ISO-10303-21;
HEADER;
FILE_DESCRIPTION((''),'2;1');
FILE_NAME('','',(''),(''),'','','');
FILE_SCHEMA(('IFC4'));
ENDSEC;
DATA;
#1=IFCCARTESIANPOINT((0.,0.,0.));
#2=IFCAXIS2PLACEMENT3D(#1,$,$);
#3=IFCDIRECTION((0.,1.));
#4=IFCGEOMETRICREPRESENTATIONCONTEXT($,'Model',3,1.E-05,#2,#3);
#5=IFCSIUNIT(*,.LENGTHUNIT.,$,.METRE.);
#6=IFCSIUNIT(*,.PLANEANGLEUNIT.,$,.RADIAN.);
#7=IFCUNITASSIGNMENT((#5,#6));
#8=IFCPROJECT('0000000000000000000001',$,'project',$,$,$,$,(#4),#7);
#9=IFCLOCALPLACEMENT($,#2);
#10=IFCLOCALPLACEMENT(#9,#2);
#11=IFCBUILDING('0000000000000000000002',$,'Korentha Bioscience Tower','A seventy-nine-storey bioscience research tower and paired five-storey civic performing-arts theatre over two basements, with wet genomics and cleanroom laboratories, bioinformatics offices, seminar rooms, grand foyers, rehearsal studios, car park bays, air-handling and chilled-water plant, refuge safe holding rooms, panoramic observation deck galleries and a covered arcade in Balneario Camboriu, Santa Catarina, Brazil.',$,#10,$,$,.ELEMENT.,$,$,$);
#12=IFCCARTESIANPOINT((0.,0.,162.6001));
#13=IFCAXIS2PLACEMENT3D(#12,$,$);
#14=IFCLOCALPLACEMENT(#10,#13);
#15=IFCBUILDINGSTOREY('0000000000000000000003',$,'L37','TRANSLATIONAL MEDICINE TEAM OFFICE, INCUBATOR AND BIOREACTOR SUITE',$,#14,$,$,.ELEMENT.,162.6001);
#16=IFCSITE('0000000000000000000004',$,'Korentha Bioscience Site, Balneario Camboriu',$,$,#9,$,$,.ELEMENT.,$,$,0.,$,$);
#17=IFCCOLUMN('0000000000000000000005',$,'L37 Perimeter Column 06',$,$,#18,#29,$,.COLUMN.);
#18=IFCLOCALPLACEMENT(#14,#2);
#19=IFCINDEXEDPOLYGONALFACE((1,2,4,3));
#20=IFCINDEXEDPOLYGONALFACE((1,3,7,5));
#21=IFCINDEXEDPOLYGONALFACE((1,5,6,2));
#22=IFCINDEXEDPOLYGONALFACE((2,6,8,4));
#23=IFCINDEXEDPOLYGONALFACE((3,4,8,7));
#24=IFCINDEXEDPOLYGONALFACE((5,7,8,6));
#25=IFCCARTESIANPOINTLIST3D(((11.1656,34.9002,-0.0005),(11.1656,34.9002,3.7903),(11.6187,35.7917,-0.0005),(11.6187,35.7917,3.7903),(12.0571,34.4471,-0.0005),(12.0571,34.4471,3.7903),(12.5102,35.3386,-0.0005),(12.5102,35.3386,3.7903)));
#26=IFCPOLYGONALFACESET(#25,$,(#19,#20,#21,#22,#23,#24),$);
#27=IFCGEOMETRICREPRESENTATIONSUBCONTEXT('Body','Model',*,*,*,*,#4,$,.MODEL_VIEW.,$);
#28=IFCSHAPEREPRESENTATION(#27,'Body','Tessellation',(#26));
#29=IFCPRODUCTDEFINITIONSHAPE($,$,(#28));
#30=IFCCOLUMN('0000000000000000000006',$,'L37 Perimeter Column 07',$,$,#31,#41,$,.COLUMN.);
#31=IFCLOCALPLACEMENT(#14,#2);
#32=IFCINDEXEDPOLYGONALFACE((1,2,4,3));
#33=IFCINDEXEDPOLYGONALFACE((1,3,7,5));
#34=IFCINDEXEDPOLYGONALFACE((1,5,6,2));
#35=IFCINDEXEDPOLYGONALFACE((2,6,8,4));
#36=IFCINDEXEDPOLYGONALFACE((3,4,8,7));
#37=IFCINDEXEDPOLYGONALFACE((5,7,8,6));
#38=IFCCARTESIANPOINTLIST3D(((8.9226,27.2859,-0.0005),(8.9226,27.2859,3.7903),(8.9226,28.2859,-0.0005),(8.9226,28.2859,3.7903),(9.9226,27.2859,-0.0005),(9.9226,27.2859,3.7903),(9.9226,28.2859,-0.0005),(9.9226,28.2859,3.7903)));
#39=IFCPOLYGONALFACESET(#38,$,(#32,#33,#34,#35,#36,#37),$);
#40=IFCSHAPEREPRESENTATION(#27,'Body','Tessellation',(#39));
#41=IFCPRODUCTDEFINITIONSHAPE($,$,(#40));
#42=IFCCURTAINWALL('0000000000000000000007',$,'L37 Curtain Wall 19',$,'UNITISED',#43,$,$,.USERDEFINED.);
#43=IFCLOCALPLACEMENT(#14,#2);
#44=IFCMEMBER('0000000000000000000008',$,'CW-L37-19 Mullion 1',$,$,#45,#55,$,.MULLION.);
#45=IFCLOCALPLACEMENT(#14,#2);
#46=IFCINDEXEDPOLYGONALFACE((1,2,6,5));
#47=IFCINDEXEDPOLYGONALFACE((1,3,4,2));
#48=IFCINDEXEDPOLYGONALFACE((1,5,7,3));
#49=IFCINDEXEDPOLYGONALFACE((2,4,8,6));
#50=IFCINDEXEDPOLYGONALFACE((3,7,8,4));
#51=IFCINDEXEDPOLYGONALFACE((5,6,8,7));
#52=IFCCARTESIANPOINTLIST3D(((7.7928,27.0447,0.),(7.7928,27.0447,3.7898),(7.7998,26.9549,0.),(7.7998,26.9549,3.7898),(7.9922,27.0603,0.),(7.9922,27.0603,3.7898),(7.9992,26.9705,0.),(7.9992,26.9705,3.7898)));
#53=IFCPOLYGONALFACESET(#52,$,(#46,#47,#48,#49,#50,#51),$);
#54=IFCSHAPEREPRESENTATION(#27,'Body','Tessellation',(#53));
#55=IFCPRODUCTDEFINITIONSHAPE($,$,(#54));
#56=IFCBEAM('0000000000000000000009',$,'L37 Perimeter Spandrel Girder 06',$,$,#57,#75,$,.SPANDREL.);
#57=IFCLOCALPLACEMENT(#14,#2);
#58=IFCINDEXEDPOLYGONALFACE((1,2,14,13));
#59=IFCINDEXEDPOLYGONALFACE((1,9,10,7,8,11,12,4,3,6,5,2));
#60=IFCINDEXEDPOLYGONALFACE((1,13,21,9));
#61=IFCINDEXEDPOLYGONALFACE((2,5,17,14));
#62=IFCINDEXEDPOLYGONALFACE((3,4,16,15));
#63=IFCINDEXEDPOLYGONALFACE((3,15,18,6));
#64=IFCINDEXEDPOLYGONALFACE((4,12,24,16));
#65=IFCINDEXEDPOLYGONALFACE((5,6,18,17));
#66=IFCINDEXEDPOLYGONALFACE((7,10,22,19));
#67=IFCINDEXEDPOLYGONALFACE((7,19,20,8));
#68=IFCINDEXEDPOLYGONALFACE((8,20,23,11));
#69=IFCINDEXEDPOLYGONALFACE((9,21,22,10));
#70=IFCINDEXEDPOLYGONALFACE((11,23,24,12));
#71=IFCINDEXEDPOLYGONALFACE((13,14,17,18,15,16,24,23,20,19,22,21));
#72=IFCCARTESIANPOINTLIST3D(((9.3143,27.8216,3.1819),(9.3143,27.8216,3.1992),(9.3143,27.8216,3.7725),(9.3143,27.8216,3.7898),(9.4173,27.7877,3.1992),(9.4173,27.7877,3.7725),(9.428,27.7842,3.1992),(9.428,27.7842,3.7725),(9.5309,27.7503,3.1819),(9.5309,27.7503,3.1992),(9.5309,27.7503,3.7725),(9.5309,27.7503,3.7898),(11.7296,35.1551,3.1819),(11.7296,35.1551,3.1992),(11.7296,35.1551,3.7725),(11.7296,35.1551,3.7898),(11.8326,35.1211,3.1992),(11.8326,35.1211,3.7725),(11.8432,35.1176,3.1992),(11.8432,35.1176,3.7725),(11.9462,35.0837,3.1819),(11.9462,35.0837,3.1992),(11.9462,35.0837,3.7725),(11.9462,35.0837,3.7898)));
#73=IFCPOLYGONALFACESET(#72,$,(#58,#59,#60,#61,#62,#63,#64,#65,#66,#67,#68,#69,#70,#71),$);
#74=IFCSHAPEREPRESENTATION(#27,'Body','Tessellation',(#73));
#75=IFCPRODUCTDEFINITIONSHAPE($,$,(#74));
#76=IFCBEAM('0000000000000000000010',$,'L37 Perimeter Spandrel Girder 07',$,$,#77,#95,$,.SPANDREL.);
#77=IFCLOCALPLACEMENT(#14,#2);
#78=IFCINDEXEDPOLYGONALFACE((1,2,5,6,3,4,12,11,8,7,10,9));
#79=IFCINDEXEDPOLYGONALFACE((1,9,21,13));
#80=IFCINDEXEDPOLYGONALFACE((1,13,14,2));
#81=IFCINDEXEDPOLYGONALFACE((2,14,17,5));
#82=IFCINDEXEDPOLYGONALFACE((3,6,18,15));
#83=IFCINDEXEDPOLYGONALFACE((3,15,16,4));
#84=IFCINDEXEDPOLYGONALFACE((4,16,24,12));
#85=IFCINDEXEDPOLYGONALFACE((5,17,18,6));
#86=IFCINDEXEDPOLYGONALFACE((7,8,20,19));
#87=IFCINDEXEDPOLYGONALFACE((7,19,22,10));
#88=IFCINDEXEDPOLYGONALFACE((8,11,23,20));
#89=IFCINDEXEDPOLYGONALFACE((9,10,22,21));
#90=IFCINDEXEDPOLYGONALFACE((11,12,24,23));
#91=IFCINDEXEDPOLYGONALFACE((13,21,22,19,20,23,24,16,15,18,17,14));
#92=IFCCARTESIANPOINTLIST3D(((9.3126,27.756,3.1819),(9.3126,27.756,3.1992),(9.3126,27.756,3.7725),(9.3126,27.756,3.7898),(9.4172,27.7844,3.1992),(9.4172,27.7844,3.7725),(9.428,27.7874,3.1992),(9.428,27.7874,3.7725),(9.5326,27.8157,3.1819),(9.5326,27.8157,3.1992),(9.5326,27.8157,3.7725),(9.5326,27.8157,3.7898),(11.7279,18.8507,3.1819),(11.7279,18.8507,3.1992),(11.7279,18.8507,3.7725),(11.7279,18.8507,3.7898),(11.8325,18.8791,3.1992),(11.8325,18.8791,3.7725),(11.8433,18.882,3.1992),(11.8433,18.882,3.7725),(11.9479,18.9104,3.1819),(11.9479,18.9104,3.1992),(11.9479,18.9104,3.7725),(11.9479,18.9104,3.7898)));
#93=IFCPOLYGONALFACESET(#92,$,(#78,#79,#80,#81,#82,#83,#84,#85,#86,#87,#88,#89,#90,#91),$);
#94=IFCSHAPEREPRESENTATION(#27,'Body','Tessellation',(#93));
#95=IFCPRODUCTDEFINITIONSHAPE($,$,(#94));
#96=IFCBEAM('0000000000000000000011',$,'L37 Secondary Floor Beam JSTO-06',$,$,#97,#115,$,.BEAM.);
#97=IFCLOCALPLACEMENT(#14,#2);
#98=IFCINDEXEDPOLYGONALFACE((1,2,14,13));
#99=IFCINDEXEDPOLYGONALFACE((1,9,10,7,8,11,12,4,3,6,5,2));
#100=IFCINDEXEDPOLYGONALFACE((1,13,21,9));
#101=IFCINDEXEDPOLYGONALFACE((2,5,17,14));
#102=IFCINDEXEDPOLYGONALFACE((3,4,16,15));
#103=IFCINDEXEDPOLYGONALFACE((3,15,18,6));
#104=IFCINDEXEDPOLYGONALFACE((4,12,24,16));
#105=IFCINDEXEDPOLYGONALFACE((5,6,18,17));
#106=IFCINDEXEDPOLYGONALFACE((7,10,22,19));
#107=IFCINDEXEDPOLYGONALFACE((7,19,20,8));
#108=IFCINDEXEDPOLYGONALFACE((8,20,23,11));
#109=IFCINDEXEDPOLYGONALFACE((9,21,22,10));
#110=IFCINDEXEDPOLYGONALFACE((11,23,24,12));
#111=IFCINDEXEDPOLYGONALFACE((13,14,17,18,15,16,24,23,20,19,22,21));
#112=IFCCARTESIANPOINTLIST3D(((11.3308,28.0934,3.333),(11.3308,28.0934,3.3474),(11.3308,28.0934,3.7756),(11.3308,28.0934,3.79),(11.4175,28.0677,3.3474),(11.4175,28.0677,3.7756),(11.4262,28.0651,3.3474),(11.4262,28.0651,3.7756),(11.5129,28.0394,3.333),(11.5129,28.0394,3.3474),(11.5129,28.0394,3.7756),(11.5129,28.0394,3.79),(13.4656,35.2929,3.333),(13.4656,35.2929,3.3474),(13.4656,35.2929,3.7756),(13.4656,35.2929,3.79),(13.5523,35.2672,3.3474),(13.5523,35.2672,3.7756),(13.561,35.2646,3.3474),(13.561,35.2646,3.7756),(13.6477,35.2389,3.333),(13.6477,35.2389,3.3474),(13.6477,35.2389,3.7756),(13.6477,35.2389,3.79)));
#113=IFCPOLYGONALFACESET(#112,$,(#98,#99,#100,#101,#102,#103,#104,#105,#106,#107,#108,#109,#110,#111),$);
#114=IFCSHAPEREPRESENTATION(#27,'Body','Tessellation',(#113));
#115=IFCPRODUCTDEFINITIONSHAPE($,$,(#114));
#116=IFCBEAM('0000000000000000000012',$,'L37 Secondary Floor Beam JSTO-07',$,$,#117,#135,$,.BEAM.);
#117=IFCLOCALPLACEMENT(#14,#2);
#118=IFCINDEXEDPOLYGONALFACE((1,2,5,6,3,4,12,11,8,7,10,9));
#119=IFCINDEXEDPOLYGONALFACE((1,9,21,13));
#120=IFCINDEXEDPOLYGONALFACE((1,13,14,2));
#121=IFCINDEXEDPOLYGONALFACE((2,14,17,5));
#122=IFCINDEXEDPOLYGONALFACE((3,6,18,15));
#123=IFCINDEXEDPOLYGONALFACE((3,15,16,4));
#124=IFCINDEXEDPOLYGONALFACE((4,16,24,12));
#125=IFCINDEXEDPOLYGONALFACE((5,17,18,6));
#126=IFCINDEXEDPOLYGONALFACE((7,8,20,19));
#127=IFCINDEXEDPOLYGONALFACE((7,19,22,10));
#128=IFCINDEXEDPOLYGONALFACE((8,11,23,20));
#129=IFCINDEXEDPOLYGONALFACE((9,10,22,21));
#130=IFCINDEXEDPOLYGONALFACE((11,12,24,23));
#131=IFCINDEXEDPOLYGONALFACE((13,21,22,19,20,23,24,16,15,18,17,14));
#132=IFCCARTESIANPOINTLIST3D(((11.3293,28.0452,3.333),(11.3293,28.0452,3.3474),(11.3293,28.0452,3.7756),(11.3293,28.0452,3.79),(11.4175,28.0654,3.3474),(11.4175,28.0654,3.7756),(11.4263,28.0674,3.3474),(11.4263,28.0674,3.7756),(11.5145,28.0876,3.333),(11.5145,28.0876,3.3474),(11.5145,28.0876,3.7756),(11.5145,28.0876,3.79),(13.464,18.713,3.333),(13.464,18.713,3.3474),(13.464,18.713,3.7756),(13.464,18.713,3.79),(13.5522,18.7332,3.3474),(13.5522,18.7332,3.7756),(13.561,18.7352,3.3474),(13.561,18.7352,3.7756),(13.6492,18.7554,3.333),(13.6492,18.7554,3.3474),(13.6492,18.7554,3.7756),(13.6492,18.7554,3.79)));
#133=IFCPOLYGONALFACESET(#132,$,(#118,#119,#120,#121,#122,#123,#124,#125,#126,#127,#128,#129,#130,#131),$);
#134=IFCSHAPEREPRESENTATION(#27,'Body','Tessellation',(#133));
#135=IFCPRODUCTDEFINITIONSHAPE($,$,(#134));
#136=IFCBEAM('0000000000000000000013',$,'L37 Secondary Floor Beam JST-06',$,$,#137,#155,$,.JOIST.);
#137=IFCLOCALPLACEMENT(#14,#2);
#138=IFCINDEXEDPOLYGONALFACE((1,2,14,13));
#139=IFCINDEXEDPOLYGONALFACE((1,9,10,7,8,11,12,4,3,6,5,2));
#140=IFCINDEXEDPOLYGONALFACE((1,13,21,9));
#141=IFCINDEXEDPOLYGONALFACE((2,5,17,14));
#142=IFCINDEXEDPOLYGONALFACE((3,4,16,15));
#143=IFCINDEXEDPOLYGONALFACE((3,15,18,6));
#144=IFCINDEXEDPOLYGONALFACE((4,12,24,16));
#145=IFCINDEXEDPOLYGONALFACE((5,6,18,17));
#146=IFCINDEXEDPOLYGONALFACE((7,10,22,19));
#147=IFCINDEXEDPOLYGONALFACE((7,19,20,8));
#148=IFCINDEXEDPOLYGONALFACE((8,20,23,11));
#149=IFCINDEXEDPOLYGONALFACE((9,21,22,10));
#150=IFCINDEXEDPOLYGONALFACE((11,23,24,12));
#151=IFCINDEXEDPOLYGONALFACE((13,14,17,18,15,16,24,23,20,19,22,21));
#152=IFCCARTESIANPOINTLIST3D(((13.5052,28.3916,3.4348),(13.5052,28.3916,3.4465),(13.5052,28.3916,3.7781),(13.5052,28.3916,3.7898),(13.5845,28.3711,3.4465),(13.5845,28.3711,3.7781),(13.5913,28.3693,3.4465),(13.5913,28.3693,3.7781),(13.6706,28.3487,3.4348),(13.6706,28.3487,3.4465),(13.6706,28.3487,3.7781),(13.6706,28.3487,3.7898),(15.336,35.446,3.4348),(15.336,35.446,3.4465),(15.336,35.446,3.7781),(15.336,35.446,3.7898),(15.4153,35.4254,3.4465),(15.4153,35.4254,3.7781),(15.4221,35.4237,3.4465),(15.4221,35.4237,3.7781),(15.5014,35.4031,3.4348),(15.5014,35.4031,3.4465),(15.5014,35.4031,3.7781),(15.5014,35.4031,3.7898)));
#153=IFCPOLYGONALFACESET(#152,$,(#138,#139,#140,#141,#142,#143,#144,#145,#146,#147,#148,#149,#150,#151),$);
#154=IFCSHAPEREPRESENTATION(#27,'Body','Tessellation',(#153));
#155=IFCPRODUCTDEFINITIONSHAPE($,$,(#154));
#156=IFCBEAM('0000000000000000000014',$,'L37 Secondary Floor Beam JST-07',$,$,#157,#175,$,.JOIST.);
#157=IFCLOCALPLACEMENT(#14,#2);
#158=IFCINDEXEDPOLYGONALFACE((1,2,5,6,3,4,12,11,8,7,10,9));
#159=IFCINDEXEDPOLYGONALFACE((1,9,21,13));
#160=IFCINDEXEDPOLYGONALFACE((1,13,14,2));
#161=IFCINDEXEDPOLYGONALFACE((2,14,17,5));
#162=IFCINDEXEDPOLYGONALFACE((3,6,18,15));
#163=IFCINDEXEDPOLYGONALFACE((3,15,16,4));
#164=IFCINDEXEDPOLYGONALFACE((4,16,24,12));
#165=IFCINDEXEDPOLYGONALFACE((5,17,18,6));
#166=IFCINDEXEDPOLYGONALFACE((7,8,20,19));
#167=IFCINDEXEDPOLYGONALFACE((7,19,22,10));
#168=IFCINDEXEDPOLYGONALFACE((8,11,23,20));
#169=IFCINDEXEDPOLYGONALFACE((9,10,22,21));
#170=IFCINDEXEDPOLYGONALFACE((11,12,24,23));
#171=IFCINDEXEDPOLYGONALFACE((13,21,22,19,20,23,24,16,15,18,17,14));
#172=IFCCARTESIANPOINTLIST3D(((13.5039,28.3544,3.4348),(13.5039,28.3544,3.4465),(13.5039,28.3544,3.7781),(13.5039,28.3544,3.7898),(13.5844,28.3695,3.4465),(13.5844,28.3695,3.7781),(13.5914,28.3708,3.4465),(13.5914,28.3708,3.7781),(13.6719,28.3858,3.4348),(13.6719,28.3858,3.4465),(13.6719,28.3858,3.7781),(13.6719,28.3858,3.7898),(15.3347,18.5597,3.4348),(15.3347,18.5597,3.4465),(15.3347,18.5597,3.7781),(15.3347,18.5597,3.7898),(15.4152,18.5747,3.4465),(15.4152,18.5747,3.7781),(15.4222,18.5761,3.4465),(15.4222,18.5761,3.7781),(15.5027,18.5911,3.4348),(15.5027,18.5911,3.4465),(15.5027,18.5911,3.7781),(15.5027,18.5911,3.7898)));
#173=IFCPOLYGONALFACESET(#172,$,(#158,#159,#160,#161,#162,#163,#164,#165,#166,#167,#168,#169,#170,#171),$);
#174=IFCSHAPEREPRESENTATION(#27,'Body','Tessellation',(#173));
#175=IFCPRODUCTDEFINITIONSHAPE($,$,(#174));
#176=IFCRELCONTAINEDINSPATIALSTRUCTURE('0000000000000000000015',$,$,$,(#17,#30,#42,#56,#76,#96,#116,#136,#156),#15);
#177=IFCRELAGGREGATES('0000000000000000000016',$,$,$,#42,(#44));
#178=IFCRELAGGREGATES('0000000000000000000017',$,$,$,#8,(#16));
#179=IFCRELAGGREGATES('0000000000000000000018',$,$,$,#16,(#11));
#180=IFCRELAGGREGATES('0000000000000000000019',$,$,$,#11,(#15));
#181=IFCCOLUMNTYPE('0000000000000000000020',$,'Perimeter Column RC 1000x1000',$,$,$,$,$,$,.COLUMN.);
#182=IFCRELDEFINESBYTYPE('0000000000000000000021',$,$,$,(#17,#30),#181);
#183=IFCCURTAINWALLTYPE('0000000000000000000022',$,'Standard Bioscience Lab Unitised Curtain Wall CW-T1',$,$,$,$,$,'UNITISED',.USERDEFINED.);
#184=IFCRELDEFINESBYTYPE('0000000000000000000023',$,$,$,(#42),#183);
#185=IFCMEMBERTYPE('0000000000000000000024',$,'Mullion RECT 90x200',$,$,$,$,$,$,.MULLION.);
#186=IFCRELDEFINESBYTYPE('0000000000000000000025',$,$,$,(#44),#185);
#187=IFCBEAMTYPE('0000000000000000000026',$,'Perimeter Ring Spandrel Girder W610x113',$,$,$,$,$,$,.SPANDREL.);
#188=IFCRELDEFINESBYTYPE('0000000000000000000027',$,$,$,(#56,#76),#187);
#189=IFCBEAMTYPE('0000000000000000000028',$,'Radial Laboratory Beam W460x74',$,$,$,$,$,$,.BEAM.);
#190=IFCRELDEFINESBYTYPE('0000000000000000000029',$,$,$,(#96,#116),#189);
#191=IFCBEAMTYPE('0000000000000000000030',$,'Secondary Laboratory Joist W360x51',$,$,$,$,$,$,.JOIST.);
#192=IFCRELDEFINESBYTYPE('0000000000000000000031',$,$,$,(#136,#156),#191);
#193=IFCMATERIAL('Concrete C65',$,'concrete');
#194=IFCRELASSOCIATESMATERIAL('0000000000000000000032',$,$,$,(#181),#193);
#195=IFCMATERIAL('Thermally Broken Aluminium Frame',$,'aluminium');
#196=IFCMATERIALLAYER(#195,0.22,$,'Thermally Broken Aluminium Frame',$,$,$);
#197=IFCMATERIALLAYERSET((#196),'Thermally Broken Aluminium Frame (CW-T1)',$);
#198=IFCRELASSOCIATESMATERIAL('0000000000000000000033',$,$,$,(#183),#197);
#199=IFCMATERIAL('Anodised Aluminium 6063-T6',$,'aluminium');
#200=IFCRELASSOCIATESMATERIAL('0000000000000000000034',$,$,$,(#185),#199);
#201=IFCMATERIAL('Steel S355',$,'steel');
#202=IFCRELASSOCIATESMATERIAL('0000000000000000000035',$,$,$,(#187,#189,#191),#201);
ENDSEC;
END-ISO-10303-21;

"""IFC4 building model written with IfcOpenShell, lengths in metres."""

from ifc_helpers import new_model, si_unit, direction, frame, origin, origin_2d, place, context, subcontext, project, spatial, rectangle, i_section, extrude, material, layer, layer_set, material_profile, profile_set, type_object, element, aggregate, save


model = new_model("IFC4")

# Units and contexts
model_context = context("Model", 3, precision=1e-05, world=origin(), true_north=direction((0.0, 1.0)))
body_context = subcontext(model_context, "Body", "Model", "MODEL_VIEW")
ifc_project = project(units=[si_unit("LENGTHUNIT", "METRE"), si_unit("PLANEANGLEUNIT", "RADIAN")], contexts=[model_context])

# Site, building, storey
site_placement = place(None, origin())
site = spatial("IfcSite", under=ifc_project, at=site_placement, Name="Korentha Bioscience Site, Balneario Camboriu", CompositionType="ELEMENT", RefElevation=0.0)
building_placement = place(site_placement, origin())
building = spatial("IfcBuilding", under=site, at=building_placement, Name="Korentha Bioscience Tower", Description="A seventy-nine-storey bioscience research tower and paired five-storey civic performing-arts theatre over two basements, with wet genomics and cleanroom laboratories, bioinformatics offices, seminar rooms, grand foyers, rehearsal studios, car park bays, air-handling and chilled-water plant, refuge safe holding rooms, panoramic observation deck galleries and a covered arcade in Balneario Camboriu, Santa Catarina, Brazil.", CompositionType="ELEMENT")
storey_placement = place(building_placement, frame((0.0, 0.0, 162.6001)))
storey = spatial("IfcBuildingStorey", under=building, at=storey_placement, Name="L37", Description="TRANSLATIONAL MEDICINE TEAM OFFICE, INCUBATOR AND BIOREACTOR SUITE", CompositionType="ELEMENT", Elevation=162.6001)

# Columns
ifc_material_1 = material(Name="Concrete C65", Category="concrete")
ifc_material_profile_1 = material_profile(ifc_material_1, rectangle(XDim=1.0, YDim=1.0, at=origin_2d()), Name="Concrete C65")
ifc_profile_set_1 = profile_set([ifc_material_profile_1], Name="Concrete C65 (COL-P10)")
column_type = type_object("IfcColumnType", Name="Perimeter Column RC 1000x1000", PredefinedType="COLUMN", material=ifc_profile_set_1)
for number, where, z_axis, x_axis, name in (
    (1, (11.8379, 35.1194, -0.0005), (0.0, 0.0, 1.0), (0.453057, 0.891481, 0.0), "L37 Perimeter Column 06"),
    (2, (9.4226, 27.7859, -0.0005), (0.0, 0.0, 1.0), (0.0, 1.0, 0.0), "L37 Perimeter Column 07"),
):
    element("IfcColumn", number, at=place(storey_placement, frame(where, z_axis=z_axis, x_axis=x_axis)), inside=storey, type_object=column_type, Name=name, PredefinedType="COLUMN", context=body_context, shape_type="SweptSolid", body=[
        extrude(rectangle(XDim=1.0, YDim=1.0, at=origin_2d()), origin(), (0.0, 0.0, 1.0), 3.7908),
    ])

# Curtain wall, member
ifc_material_2 = material(Name="Thermally Broken Aluminium Frame", Category="aluminium")
ifc_layer_1 = layer(ifc_material_2, 0.22, Name="Thermally Broken Aluminium Frame")
ifc_layer_set_1 = layer_set([ifc_layer_1], Name="Thermally Broken Aluminium Frame (CW-T1)")
curtain_wall_type = type_object("IfcCurtainWallType", Name="Standard Bioscience Lab Unitised Curtain Wall CW-T1", ElementType="UNITISED", PredefinedType="USERDEFINED", material=ifc_layer_set_1)
curtain_wall_placement = place(storey_placement, origin())
curtain_wall = element("IfcCurtainWall", 3, at=curtain_wall_placement, inside=storey, type_object=curtain_wall_type, Name="L37 Curtain Wall 19", ObjectType="UNITISED", PredefinedType="USERDEFINED")
ifc_material_3 = material(Name="Anodised Aluminium 6063-T6", Category="aluminium")
ifc_material_profile_2 = material_profile(ifc_material_3, rectangle(XDim=0.0901, YDim=0.2, at=origin_2d()), Name="Anodised Aluminium 6063-T6")
ifc_profile_set_2 = profile_set([ifc_material_profile_2], Name="Anodised Aluminium 6063-T6 (CW-MUL)")
member_type_1 = type_object("IfcMemberType", Name="Mullion RECT 90x200", PredefinedType="MULLION", material=ifc_profile_set_2)
member_1_placement = place(storey_placement, frame((7.896, 27.0076, 0.0), z_axis=(0.0, 0.0, 1.0), x_axis=(0.078031, -0.996951, 0.0)))
member_1 = element("IfcMember", 4, at=member_1_placement, type_object=member_type_1, Name="CW-L37-19 Mullion 1", PredefinedType="MULLION", context=body_context, shape_type="SweptSolid", body=[
    extrude(rectangle(XDim=0.0901, YDim=0.2, at=origin_2d()), origin(), (0.0, 0.0, 1.0), 3.7898),
])

# Beams
ifc_material_4 = material(Name="Steel S355", Category="steel")
ifc_material_profile_3 = material_profile(ifc_material_4, i_section(OverallWidth=0.228, OverallDepth=0.6079, WebThickness=0.0112, FlangeThickness=0.0173, at=origin_2d()), Name="Steel S355")
ifc_profile_set_3 = profile_set([ifc_material_profile_3], Name="Steel S355 (SB-610)")
beam_type_1 = type_object("IfcBeamType", Name="Perimeter Ring Spandrel Girder W610x113", PredefinedType="SPANDREL", material=ifc_profile_set_3)
beam_1_placement = place(storey_placement, frame((11.8379, 35.1194, 3.4858), z_axis=(-0.31282, -0.949812, 0.0), x_axis=(0.949812, -0.31282, 0.0)))
element("IfcBeam", 5, at=beam_1_placement, inside=storey, type_object=beam_type_1, Name="L37 Perimeter Spandrel Girder 06", PredefinedType="SPANDREL", context=body_context, shape_type="SweptSolid", body=[
    extrude(i_section(OverallWidth=0.228, OverallDepth=0.6079, WebThickness=0.0112, FlangeThickness=0.0173, at=origin_2d()), origin(), (0.0, 0.0, 1.0), 7.7209),
])
beam_2_placement = place(storey_placement, frame((9.4226, 27.7859, 3.4858), z_axis=(0.261763, -0.965132, 0.0), x_axis=(0.965132, 0.261763, 0.0)))
element("IfcBeam", 6, at=beam_2_placement, inside=storey, type_object=beam_type_1, Name="L37 Perimeter Spandrel Girder 07", PredefinedType="SPANDREL", context=body_context, shape_type="SweptSolid", body=[
    extrude(i_section(OverallWidth=0.228, OverallDepth=0.6079, WebThickness=0.0112, FlangeThickness=0.0173, at=origin_2d()), origin(), (0.0, 0.0, 1.0), 9.2271),
])
ifc_material_profile_4 = material_profile(ifc_material_4, i_section(OverallWidth=0.1899, OverallDepth=0.457, WebThickness=0.009, FlangeThickness=0.0144, at=origin_2d()), Name="Steel S355")
ifc_profile_set_4 = profile_set([ifc_material_profile_4], Name="Steel S355 (RB-460)")
beam_type_2 = type_object("IfcBeamType", Name="Radial Laboratory Beam W460x74", PredefinedType="BEAM", material=ifc_profile_set_4)
beam_3_placement = place(storey_placement, frame((13.5566, 35.2659, 3.5615), z_axis=(-0.284283, -0.95874, 0.0), x_axis=(0.95874, -0.284283, 0.0)))
element("IfcBeam", 7, at=beam_3_placement, inside=storey, type_object=beam_type_2, Name="L37 Secondary Floor Beam JSTO-06", PredefinedType="BEAM", context=body_context, shape_type="SweptSolid", body=[
    extrude(i_section(OverallWidth=0.1899, OverallDepth=0.457, WebThickness=0.009, FlangeThickness=0.0144, at=origin_2d()), origin(), (0.0, 0.0, 1.0), 7.5093),
])
beam_4_placement = place(storey_placement, frame((11.4219, 28.0664, 3.5615), z_axis=(0.222991, -0.974821, 0.0), x_axis=(0.974821, 0.222991, 0.0)))
element("IfcBeam", 8, at=beam_4_placement, inside=storey, type_object=beam_type_2, Name="L37 Secondary Floor Beam JSTO-07", PredefinedType="BEAM", context=body_context, shape_type="SweptSolid", body=[
    extrude(i_section(OverallWidth=0.1899, OverallDepth=0.457, WebThickness=0.009, FlangeThickness=0.0144, at=origin_2d()), origin(), (0.0, 0.0, 1.0), 9.5732),
])
ifc_material_profile_5 = material_profile(ifc_material_4, i_section(OverallWidth=0.1709, OverallDepth=0.355, WebThickness=0.0071, FlangeThickness=0.0117, at=origin_2d()), Name="Steel S355")
ifc_profile_set_5 = profile_set([ifc_material_profile_5], Name="Steel S355 (JB-360)")
beam_type_3 = type_object("IfcBeamType", Name="Secondary Laboratory Joist W360x51", PredefinedType="JOIST", material=ifc_profile_set_5)
beam_5_placement = place(storey_placement, frame((15.4187, 35.4246, 3.6123), z_axis=(-0.251204, -0.967934, 0.0), x_axis=(0.967934, -0.251204, 0.0)))
element("IfcBeam", 9, at=beam_5_placement, inside=storey, type_object=beam_type_3, Name="L37 Secondary Floor Beam JST-06", PredefinedType="JOIST", context=body_context, shape_type="SweptSolid", body=[
    extrude(i_section(OverallWidth=0.1709, OverallDepth=0.355, WebThickness=0.0071, FlangeThickness=0.0117, at=origin_2d()), origin(), (0.0, 0.0, 1.0), 7.2881),
])
beam_6_placement = place(storey_placement, frame((13.5879, 28.3701, 3.6123), z_axis=(0.183737, -0.982975, 0.0), x_axis=(0.982975, 0.183737, 0.0)))
element("IfcBeam", 10, at=beam_6_placement, inside=storey, type_object=beam_type_3, Name="L37 Secondary Floor Beam JST-07", PredefinedType="JOIST", context=body_context, shape_type="SweptSolid", body=[
    extrude(i_section(OverallWidth=0.1709, OverallDepth=0.355, WebThickness=0.0071, FlangeThickness=0.0117, at=origin_2d()), origin(), (0.0, 0.0, 1.0), 9.9644),
])

aggregate(curtain_wall, [member_1])

save(model, "model.ifc")
